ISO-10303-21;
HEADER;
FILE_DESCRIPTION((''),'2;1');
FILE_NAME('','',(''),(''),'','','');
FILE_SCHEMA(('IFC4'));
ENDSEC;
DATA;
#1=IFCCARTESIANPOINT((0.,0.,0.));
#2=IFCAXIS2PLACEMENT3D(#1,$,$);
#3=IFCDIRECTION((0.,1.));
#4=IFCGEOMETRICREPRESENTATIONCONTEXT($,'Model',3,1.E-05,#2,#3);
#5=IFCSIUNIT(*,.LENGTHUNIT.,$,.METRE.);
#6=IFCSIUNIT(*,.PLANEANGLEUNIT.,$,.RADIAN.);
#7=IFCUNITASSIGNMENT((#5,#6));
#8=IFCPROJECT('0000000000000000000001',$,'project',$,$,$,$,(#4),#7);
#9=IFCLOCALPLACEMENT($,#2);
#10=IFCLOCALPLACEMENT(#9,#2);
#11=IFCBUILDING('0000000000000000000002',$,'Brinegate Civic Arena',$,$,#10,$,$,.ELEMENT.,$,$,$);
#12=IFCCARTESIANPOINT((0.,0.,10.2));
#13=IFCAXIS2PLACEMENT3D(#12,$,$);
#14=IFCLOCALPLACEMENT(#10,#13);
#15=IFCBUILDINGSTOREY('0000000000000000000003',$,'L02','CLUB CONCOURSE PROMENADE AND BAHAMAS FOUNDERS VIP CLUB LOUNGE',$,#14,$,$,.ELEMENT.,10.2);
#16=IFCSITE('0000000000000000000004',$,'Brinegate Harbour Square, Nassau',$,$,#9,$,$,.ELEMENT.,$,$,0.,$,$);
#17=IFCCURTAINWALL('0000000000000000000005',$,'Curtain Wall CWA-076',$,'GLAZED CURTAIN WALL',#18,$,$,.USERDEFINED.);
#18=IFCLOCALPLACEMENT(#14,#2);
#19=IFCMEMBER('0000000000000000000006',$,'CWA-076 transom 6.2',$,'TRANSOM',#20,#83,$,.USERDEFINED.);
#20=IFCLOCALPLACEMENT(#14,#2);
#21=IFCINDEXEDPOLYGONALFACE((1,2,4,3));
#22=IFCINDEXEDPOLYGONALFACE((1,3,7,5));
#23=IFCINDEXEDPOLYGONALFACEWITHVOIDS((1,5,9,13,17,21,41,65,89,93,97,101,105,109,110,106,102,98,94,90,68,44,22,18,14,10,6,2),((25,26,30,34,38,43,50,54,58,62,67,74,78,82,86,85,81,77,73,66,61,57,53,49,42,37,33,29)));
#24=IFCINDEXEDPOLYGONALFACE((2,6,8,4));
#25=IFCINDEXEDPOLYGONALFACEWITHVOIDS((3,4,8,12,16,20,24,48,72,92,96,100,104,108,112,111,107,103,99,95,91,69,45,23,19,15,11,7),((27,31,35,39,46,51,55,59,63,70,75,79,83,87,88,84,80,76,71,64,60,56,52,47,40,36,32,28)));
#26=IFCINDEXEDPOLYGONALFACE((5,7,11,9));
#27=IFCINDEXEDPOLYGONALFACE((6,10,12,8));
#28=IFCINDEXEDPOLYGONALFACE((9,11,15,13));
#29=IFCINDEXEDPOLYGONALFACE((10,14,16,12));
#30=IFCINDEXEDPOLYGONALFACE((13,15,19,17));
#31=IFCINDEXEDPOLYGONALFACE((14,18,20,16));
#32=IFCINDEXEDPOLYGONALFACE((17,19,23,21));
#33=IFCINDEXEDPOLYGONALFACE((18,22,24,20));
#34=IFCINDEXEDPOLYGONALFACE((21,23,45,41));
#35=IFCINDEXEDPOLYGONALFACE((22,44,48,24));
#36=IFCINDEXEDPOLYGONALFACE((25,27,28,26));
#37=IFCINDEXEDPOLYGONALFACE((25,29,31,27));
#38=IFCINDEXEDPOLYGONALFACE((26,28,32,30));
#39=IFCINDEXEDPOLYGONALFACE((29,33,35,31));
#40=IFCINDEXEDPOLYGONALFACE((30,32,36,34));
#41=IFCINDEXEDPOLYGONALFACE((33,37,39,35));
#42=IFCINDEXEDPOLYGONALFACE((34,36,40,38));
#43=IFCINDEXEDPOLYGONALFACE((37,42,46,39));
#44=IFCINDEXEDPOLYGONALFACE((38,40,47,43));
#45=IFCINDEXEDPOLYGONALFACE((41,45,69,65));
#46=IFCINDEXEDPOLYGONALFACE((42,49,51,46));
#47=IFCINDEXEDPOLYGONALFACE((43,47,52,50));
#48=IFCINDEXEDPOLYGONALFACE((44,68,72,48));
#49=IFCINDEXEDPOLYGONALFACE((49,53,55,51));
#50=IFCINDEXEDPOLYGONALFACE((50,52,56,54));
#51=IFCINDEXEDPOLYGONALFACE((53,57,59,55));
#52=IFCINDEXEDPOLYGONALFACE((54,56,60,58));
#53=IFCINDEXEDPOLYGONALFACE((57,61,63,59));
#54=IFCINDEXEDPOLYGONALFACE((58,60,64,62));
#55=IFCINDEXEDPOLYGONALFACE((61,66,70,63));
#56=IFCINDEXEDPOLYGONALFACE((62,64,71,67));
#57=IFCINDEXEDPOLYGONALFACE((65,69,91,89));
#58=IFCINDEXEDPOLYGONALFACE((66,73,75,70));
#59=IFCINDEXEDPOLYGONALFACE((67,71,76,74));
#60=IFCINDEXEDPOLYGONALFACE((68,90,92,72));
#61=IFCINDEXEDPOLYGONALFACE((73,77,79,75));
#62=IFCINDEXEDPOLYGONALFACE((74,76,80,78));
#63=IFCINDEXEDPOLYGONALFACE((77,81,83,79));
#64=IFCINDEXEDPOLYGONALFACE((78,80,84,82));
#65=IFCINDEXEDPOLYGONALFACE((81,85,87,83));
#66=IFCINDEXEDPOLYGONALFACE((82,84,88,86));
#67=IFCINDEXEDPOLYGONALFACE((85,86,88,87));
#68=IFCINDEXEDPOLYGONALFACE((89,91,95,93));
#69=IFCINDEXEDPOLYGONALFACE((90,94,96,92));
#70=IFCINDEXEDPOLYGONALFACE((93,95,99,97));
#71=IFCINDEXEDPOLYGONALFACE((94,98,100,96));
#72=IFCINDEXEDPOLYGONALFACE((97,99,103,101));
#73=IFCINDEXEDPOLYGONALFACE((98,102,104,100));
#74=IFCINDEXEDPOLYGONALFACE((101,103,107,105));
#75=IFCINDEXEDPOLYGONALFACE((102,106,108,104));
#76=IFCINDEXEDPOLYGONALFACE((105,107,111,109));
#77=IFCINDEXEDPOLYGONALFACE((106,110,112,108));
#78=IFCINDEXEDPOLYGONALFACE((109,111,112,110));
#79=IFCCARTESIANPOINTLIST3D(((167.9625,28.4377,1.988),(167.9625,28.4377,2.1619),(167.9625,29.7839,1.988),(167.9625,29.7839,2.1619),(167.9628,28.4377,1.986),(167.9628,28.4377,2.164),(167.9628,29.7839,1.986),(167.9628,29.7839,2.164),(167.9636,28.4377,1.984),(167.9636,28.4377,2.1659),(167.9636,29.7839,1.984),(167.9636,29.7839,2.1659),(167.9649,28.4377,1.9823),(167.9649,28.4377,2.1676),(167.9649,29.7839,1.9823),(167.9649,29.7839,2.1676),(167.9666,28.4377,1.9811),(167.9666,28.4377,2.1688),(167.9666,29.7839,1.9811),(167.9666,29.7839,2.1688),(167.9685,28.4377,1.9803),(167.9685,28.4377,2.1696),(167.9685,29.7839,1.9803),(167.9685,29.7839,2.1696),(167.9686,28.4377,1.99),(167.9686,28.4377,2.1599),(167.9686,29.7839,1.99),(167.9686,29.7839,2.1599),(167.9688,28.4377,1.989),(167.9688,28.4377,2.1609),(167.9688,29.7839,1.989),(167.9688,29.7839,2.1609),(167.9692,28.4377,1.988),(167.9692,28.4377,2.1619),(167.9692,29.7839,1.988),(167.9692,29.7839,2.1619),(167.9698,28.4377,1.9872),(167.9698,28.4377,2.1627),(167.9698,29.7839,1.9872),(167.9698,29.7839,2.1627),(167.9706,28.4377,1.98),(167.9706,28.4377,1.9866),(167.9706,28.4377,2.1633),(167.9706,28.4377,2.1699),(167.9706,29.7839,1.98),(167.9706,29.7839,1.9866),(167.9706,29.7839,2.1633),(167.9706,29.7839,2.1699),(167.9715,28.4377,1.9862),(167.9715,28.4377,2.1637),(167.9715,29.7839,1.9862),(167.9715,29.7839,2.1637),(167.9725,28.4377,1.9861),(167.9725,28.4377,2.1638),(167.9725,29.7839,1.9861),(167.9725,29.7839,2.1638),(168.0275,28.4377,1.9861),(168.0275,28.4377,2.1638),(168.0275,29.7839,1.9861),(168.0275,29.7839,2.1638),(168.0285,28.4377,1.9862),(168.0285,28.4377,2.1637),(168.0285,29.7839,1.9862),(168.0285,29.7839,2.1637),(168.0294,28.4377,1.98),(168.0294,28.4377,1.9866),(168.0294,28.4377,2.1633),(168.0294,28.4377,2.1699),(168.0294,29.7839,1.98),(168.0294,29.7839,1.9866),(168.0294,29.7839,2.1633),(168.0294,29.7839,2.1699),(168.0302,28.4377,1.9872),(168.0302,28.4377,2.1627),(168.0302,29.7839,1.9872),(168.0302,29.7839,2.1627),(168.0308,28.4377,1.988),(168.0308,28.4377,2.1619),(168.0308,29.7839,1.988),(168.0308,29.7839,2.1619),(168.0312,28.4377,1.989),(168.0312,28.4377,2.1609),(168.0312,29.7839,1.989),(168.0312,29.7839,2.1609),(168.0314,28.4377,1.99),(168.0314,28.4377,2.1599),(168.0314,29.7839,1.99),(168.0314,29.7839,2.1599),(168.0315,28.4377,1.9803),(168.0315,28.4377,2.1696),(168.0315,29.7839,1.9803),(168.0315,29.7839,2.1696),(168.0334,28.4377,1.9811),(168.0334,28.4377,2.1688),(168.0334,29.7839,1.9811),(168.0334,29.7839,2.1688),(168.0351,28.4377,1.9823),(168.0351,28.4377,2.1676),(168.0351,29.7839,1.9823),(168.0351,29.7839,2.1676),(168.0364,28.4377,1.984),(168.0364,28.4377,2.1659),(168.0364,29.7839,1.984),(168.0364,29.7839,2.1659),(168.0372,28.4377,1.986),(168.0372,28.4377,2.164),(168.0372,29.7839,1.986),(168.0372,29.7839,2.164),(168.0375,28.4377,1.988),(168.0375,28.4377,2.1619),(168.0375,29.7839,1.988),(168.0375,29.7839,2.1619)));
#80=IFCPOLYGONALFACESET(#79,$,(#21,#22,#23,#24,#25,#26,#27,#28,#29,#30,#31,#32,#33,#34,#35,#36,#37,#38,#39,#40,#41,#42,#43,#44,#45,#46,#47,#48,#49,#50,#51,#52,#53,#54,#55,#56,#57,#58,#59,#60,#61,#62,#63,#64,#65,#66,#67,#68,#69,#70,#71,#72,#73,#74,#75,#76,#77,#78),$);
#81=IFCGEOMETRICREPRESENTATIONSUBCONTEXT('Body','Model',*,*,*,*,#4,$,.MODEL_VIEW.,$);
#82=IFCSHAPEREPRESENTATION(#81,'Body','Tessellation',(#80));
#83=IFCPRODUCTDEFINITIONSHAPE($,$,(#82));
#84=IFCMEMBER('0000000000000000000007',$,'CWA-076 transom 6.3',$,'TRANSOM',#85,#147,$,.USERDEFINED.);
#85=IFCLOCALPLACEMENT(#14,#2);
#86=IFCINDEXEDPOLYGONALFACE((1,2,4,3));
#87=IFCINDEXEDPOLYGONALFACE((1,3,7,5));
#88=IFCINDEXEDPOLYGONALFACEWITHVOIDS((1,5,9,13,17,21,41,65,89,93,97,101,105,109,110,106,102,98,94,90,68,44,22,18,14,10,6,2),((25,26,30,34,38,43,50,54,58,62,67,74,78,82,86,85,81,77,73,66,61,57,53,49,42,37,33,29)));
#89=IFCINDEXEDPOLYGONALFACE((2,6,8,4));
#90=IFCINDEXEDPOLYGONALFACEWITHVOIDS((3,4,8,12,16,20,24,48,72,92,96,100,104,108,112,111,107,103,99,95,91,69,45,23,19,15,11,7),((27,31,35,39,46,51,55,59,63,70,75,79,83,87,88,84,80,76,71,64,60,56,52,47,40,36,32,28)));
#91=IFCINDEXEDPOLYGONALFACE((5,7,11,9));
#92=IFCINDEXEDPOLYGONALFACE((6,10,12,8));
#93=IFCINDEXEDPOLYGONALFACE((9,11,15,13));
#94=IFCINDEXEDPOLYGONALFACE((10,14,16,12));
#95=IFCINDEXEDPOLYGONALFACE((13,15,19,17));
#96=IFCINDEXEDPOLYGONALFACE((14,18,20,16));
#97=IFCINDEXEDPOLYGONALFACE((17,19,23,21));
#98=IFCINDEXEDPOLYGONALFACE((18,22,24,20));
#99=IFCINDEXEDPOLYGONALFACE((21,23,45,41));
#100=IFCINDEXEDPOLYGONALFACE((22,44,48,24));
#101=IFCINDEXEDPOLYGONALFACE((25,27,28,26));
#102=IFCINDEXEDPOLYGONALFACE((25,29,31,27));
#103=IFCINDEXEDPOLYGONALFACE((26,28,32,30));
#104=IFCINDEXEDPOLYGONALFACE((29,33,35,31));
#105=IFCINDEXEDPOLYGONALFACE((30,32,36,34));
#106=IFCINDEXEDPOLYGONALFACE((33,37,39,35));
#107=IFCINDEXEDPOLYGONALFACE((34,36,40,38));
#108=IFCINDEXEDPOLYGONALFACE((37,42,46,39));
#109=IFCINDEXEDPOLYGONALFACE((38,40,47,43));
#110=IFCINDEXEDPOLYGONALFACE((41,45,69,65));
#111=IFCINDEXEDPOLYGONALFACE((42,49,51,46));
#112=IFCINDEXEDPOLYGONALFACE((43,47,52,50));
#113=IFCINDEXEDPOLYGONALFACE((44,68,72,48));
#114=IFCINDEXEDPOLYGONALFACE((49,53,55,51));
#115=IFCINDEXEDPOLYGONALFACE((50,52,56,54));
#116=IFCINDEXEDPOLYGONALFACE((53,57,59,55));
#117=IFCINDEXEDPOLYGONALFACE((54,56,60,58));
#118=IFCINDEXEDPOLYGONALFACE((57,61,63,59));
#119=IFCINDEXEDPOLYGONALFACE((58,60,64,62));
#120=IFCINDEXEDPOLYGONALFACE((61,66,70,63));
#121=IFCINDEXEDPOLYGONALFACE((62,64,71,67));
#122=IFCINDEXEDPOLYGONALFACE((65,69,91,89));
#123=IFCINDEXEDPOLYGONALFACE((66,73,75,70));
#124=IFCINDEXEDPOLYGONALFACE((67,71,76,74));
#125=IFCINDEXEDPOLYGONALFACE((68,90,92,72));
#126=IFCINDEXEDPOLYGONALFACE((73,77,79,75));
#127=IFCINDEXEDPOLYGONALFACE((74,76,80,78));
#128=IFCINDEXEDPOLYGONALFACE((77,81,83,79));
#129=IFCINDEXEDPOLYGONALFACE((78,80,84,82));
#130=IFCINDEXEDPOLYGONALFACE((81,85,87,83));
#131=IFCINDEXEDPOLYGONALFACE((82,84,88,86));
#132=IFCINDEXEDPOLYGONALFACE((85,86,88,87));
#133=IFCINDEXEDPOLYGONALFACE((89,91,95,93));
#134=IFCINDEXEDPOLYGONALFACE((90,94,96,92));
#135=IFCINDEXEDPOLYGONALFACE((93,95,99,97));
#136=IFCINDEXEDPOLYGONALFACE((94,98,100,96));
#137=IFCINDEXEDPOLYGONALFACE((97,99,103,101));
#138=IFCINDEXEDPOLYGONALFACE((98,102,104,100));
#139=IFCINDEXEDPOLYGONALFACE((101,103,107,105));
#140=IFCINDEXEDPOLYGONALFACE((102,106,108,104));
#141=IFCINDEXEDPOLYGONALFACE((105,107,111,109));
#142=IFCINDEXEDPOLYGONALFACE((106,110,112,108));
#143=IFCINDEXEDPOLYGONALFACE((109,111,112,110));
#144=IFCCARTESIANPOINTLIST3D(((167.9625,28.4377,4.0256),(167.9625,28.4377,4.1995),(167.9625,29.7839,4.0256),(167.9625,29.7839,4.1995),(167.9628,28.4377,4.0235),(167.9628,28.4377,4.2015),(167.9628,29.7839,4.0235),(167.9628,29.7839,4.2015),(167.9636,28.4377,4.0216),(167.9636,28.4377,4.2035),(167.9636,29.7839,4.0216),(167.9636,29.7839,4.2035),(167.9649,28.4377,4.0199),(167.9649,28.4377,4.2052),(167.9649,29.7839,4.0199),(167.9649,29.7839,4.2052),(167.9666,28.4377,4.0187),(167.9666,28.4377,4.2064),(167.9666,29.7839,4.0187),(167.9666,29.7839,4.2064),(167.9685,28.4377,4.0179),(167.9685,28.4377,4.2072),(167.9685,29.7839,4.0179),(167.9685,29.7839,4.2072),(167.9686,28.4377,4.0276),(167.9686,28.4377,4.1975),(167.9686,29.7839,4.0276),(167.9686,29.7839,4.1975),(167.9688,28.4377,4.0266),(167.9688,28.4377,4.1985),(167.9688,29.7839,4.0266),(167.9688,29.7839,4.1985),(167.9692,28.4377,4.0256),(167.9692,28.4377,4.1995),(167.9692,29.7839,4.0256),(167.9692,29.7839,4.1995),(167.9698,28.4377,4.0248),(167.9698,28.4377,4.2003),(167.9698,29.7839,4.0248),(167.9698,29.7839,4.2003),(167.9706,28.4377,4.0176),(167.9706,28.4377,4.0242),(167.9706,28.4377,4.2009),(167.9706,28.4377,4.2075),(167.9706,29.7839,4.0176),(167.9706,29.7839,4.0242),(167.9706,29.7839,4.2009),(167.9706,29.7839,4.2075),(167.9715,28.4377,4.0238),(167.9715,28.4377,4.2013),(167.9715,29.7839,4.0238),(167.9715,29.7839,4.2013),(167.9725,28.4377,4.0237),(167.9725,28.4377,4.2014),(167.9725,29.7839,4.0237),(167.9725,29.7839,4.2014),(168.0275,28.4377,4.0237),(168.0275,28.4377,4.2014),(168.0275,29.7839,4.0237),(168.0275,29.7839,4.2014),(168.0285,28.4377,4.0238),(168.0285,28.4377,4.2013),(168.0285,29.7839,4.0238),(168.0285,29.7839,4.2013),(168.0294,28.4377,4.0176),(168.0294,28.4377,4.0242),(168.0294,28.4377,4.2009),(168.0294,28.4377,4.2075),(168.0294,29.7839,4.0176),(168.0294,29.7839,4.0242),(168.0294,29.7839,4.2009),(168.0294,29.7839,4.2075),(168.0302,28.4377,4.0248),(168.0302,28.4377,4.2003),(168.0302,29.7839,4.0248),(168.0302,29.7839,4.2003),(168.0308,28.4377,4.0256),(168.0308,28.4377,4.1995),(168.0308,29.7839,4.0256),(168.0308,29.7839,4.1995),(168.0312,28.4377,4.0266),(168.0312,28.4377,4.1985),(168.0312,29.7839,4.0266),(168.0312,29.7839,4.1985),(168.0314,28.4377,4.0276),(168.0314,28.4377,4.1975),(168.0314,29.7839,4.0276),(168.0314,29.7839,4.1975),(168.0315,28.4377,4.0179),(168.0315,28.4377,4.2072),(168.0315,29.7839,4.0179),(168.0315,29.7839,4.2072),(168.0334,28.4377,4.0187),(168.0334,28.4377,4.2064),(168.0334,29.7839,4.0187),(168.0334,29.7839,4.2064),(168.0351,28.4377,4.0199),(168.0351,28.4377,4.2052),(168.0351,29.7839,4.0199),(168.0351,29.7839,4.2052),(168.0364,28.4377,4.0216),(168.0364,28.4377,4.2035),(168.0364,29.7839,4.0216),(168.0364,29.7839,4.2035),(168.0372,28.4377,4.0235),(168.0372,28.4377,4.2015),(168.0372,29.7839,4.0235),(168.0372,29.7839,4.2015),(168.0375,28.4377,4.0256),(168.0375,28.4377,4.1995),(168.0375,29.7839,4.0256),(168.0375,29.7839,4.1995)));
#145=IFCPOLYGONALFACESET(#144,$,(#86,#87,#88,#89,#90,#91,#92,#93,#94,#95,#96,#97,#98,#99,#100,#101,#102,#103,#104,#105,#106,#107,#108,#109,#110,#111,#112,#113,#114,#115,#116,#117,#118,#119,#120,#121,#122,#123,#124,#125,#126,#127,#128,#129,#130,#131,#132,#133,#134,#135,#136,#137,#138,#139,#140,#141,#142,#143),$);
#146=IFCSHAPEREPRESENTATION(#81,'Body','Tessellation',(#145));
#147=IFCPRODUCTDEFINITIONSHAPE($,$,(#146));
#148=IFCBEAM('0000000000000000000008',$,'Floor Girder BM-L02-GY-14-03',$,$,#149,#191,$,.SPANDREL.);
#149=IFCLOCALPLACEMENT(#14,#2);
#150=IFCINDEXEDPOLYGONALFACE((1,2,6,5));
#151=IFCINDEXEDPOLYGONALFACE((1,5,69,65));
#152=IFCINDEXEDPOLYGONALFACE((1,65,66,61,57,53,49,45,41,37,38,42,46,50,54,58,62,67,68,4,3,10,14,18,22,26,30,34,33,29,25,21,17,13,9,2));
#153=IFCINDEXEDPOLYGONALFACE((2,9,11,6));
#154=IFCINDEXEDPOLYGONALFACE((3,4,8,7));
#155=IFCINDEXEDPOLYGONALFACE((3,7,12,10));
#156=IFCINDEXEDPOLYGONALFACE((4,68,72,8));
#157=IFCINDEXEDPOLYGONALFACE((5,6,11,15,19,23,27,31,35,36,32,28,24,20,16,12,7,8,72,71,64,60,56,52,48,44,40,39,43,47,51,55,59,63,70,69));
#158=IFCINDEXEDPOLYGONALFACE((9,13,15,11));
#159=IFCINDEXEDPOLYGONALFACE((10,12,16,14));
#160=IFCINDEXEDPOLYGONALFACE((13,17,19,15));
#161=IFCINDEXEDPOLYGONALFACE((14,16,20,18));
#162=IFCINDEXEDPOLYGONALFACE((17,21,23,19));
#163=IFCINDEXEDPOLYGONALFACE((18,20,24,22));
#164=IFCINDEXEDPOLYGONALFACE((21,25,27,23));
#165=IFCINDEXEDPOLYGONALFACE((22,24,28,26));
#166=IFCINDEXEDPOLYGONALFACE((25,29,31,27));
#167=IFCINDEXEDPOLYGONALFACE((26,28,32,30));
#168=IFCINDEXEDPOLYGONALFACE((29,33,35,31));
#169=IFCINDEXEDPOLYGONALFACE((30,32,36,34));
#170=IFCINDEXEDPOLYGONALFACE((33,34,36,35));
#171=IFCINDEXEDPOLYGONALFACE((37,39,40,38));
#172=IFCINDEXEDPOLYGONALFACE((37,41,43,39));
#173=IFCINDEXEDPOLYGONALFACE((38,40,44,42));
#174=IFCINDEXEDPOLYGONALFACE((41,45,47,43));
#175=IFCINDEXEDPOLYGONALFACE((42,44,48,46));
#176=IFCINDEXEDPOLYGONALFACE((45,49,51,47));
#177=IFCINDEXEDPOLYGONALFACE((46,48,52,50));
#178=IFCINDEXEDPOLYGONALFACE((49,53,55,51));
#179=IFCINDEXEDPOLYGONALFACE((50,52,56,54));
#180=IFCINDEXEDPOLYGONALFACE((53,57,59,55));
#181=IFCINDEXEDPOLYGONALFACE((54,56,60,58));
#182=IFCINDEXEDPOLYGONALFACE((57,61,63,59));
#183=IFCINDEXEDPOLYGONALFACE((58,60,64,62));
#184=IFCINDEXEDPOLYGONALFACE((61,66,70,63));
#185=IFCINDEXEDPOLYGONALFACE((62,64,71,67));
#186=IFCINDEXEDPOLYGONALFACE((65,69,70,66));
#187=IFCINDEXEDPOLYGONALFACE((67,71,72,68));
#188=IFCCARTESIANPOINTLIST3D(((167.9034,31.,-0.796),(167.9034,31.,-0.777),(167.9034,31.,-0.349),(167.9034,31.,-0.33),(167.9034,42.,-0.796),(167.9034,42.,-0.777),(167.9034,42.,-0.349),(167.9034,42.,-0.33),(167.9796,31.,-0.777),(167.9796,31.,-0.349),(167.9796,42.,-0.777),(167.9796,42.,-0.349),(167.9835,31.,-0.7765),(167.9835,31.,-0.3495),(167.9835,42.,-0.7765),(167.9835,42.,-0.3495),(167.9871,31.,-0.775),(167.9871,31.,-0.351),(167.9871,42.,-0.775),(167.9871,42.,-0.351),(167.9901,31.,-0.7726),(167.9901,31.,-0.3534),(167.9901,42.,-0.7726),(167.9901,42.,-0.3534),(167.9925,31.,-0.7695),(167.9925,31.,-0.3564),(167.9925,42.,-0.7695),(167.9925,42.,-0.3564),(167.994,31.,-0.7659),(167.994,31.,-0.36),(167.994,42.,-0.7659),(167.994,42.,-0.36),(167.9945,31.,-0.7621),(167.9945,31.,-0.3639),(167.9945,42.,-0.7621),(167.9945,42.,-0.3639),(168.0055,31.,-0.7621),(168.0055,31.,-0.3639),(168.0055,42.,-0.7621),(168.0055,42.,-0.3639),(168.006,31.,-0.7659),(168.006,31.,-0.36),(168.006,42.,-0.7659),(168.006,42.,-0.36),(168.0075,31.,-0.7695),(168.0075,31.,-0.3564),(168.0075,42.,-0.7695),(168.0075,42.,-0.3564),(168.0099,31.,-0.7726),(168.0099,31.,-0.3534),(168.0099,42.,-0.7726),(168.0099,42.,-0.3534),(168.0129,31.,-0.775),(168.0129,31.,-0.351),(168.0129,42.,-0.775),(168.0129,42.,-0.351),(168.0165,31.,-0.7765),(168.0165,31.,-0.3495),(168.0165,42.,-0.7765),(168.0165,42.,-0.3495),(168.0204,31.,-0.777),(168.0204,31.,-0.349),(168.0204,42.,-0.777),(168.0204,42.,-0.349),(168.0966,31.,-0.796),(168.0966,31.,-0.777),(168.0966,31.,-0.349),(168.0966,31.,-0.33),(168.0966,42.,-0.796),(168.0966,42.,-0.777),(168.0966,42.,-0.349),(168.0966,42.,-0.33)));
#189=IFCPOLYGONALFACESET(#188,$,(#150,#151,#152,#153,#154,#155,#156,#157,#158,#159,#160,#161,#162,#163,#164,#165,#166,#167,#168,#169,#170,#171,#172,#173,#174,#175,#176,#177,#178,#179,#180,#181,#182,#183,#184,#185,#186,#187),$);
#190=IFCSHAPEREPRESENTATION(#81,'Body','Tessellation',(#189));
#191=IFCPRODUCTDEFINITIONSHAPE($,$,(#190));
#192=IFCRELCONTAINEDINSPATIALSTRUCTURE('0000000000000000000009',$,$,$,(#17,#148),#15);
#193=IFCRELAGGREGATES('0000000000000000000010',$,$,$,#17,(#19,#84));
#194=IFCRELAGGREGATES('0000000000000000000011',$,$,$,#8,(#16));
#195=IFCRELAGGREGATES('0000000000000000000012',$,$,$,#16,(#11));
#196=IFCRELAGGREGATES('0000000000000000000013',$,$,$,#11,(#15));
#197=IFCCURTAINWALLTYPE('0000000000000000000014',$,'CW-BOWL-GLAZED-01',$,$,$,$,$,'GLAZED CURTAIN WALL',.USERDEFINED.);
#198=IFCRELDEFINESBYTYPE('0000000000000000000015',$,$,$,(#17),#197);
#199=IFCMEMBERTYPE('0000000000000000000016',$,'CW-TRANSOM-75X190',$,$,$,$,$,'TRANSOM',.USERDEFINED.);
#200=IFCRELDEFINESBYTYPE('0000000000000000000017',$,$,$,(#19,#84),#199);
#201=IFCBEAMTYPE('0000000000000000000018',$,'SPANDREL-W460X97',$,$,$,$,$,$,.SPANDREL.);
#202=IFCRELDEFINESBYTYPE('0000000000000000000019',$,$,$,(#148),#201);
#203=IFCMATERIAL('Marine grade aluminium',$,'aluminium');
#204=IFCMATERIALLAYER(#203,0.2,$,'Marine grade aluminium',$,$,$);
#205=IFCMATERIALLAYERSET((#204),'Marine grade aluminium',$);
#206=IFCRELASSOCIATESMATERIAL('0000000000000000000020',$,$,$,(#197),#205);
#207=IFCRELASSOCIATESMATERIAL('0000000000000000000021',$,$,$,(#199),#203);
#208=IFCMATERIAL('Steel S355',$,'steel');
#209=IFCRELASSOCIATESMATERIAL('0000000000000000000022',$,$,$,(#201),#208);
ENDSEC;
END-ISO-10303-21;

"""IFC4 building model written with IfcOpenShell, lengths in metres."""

from ifc_helpers import new_model, si_unit, direction, frame, origin, origin_2d, place, context, subcontext, project, spatial, hollow_rectangle, i_section, extrude, material, layer, layer_set, material_profile, profile_set, type_object, element, aggregate, save


model = new_model("IFC4")

# Units and contexts
model_context = context("Model", 3, precision=1e-05, world=origin(), true_north=direction((0.0, 1.0)))
body_context = subcontext(model_context, "Body", "Model", "MODEL_VIEW")
ifc_project = project(units=[si_unit("LENGTHUNIT", "METRE"), si_unit("PLANEANGLEUNIT", "RADIAN")], contexts=[model_context])

# Site, building, storey
site_placement = place(None, origin())
site = spatial("IfcSite", under=ifc_project, at=site_placement, Name="Brinegate Harbour Square, Nassau", CompositionType="ELEMENT", RefElevation=0.0)
building_placement = place(site_placement, origin())
building = spatial("IfcBuilding", under=site, at=building_placement, Name="Brinegate Civic Arena", CompositionType="ELEMENT")
storey_placement = place(building_placement, frame((0.0, 0.0, 10.2)))
storey = spatial("IfcBuildingStorey", under=building, at=storey_placement, Name="L02", Description="CLUB CONCOURSE PROMENADE AND BAHAMAS FOUNDERS VIP CLUB LOUNGE", CompositionType="ELEMENT", Elevation=10.2)

# Curtain wall, members
ifc_material_1 = material(Name="Marine grade aluminium", Category="aluminium")
ifc_layer_1 = layer(ifc_material_1, 0.2, Name="Marine grade aluminium")
ifc_layer_set_1 = layer_set([ifc_layer_1], Name="Marine grade aluminium")
curtain_wall_type = type_object("IfcCurtainWallType", Name="CW-BOWL-GLAZED-01", ElementType="GLAZED CURTAIN WALL", PredefinedType="USERDEFINED", material=ifc_layer_set_1)
curtain_wall_placement = place(storey_placement, origin())
curtain_wall = element("IfcCurtainWall", 1, at=curtain_wall_placement, inside=storey, type_object=curtain_wall_type, Name="Curtain Wall CWA-076", ObjectType="GLAZED CURTAIN WALL", PredefinedType="USERDEFINED")
ifc_material_profile_1 = material_profile(ifc_material_1, hollow_rectangle(XDim=0.075, YDim=0.1899, WallThickness=0.0061, InnerFilletRadius=0.0039, OuterFilletRadius=0.0081, at=origin_2d()), Name="TRN75X190")
ifc_profile_set_1 = profile_set([ifc_material_profile_1], Name="Marine grade aluminium")
member_type_1 = type_object("IfcMemberType", Name="CW-TRANSOM-75X190", ElementType="TRANSOM", PredefinedType="USERDEFINED", material=ifc_profile_set_1)
member_1_placement = place(storey_placement, frame((168.0, 28.4377, 2.075), z_axis=(0.0, 1.0, 0.0), x_axis=(-1.0, 0.0, 0.0)))
member_1 = element("IfcMember", 2, at=member_1_placement, type_object=member_type_1, Name="CWA-076 transom 6.2", ObjectType="TRANSOM", PredefinedType="USERDEFINED", context=body_context, shape_type="SweptSolid", body=[
    extrude(hollow_rectangle(XDim=0.075, YDim=0.1899, WallThickness=0.0061, InnerFilletRadius=0.0039, OuterFilletRadius=0.0081, at=origin_2d()), origin(), (0.0, 0.0, 1.0), 1.3462),
])
member_2_placement = place(storey_placement, frame((168.0, 28.4377, 4.1125), z_axis=(0.0, 1.0, 0.0), x_axis=(-1.0, 0.0, 0.0)))
member_2 = element("IfcMember", 3, at=member_2_placement, type_object=member_type_1, Name="CWA-076 transom 6.3", ObjectType="TRANSOM", PredefinedType="USERDEFINED", context=body_context, shape_type="SweptSolid", body=[
    extrude(hollow_rectangle(XDim=0.075, YDim=0.1899, WallThickness=0.0061, InnerFilletRadius=0.0039, OuterFilletRadius=0.0081, at=origin_2d()), origin(), (0.0, 0.0, 1.0), 1.3462),
])

# Beam
ifc_material_2 = material(Name="Steel S355", Category="steel")
ifc_material_profile_2 = material_profile(ifc_material_2, i_section(OverallWidth=0.1931, OverallDepth=0.4661, WebThickness=0.011, FlangeThickness=0.019, FilletRadius=0.0149, at=origin_2d()), Name="W460X97")
ifc_profile_set_2 = profile_set([ifc_material_profile_2], Name="Steel S355")
beam_type = type_object("IfcBeamType", Name="SPANDREL-W460X97", PredefinedType="SPANDREL", material=ifc_profile_set_2)
beam_placement = place(storey_placement, frame((168.0, 31.0, -0.563), z_axis=(0.0, 1.0, 0.0), x_axis=(-1.0, 0.0, 0.0)))
element("IfcBeam", 4, at=beam_placement, inside=storey, type_object=beam_type, Name="Floor Girder BM-L02-GY-14-03", PredefinedType="SPANDREL", context=body_context, shape_type="SweptSolid", body=[
    extrude(i_section(OverallWidth=0.1931, OverallDepth=0.4661, WebThickness=0.011, FlangeThickness=0.019, FilletRadius=0.0149, at=origin_2d()), origin(), (0.0, 0.0, 1.0), 11.0),
])

aggregate(curtain_wall, [member_1, member_2])

save(model, "model.ifc")
